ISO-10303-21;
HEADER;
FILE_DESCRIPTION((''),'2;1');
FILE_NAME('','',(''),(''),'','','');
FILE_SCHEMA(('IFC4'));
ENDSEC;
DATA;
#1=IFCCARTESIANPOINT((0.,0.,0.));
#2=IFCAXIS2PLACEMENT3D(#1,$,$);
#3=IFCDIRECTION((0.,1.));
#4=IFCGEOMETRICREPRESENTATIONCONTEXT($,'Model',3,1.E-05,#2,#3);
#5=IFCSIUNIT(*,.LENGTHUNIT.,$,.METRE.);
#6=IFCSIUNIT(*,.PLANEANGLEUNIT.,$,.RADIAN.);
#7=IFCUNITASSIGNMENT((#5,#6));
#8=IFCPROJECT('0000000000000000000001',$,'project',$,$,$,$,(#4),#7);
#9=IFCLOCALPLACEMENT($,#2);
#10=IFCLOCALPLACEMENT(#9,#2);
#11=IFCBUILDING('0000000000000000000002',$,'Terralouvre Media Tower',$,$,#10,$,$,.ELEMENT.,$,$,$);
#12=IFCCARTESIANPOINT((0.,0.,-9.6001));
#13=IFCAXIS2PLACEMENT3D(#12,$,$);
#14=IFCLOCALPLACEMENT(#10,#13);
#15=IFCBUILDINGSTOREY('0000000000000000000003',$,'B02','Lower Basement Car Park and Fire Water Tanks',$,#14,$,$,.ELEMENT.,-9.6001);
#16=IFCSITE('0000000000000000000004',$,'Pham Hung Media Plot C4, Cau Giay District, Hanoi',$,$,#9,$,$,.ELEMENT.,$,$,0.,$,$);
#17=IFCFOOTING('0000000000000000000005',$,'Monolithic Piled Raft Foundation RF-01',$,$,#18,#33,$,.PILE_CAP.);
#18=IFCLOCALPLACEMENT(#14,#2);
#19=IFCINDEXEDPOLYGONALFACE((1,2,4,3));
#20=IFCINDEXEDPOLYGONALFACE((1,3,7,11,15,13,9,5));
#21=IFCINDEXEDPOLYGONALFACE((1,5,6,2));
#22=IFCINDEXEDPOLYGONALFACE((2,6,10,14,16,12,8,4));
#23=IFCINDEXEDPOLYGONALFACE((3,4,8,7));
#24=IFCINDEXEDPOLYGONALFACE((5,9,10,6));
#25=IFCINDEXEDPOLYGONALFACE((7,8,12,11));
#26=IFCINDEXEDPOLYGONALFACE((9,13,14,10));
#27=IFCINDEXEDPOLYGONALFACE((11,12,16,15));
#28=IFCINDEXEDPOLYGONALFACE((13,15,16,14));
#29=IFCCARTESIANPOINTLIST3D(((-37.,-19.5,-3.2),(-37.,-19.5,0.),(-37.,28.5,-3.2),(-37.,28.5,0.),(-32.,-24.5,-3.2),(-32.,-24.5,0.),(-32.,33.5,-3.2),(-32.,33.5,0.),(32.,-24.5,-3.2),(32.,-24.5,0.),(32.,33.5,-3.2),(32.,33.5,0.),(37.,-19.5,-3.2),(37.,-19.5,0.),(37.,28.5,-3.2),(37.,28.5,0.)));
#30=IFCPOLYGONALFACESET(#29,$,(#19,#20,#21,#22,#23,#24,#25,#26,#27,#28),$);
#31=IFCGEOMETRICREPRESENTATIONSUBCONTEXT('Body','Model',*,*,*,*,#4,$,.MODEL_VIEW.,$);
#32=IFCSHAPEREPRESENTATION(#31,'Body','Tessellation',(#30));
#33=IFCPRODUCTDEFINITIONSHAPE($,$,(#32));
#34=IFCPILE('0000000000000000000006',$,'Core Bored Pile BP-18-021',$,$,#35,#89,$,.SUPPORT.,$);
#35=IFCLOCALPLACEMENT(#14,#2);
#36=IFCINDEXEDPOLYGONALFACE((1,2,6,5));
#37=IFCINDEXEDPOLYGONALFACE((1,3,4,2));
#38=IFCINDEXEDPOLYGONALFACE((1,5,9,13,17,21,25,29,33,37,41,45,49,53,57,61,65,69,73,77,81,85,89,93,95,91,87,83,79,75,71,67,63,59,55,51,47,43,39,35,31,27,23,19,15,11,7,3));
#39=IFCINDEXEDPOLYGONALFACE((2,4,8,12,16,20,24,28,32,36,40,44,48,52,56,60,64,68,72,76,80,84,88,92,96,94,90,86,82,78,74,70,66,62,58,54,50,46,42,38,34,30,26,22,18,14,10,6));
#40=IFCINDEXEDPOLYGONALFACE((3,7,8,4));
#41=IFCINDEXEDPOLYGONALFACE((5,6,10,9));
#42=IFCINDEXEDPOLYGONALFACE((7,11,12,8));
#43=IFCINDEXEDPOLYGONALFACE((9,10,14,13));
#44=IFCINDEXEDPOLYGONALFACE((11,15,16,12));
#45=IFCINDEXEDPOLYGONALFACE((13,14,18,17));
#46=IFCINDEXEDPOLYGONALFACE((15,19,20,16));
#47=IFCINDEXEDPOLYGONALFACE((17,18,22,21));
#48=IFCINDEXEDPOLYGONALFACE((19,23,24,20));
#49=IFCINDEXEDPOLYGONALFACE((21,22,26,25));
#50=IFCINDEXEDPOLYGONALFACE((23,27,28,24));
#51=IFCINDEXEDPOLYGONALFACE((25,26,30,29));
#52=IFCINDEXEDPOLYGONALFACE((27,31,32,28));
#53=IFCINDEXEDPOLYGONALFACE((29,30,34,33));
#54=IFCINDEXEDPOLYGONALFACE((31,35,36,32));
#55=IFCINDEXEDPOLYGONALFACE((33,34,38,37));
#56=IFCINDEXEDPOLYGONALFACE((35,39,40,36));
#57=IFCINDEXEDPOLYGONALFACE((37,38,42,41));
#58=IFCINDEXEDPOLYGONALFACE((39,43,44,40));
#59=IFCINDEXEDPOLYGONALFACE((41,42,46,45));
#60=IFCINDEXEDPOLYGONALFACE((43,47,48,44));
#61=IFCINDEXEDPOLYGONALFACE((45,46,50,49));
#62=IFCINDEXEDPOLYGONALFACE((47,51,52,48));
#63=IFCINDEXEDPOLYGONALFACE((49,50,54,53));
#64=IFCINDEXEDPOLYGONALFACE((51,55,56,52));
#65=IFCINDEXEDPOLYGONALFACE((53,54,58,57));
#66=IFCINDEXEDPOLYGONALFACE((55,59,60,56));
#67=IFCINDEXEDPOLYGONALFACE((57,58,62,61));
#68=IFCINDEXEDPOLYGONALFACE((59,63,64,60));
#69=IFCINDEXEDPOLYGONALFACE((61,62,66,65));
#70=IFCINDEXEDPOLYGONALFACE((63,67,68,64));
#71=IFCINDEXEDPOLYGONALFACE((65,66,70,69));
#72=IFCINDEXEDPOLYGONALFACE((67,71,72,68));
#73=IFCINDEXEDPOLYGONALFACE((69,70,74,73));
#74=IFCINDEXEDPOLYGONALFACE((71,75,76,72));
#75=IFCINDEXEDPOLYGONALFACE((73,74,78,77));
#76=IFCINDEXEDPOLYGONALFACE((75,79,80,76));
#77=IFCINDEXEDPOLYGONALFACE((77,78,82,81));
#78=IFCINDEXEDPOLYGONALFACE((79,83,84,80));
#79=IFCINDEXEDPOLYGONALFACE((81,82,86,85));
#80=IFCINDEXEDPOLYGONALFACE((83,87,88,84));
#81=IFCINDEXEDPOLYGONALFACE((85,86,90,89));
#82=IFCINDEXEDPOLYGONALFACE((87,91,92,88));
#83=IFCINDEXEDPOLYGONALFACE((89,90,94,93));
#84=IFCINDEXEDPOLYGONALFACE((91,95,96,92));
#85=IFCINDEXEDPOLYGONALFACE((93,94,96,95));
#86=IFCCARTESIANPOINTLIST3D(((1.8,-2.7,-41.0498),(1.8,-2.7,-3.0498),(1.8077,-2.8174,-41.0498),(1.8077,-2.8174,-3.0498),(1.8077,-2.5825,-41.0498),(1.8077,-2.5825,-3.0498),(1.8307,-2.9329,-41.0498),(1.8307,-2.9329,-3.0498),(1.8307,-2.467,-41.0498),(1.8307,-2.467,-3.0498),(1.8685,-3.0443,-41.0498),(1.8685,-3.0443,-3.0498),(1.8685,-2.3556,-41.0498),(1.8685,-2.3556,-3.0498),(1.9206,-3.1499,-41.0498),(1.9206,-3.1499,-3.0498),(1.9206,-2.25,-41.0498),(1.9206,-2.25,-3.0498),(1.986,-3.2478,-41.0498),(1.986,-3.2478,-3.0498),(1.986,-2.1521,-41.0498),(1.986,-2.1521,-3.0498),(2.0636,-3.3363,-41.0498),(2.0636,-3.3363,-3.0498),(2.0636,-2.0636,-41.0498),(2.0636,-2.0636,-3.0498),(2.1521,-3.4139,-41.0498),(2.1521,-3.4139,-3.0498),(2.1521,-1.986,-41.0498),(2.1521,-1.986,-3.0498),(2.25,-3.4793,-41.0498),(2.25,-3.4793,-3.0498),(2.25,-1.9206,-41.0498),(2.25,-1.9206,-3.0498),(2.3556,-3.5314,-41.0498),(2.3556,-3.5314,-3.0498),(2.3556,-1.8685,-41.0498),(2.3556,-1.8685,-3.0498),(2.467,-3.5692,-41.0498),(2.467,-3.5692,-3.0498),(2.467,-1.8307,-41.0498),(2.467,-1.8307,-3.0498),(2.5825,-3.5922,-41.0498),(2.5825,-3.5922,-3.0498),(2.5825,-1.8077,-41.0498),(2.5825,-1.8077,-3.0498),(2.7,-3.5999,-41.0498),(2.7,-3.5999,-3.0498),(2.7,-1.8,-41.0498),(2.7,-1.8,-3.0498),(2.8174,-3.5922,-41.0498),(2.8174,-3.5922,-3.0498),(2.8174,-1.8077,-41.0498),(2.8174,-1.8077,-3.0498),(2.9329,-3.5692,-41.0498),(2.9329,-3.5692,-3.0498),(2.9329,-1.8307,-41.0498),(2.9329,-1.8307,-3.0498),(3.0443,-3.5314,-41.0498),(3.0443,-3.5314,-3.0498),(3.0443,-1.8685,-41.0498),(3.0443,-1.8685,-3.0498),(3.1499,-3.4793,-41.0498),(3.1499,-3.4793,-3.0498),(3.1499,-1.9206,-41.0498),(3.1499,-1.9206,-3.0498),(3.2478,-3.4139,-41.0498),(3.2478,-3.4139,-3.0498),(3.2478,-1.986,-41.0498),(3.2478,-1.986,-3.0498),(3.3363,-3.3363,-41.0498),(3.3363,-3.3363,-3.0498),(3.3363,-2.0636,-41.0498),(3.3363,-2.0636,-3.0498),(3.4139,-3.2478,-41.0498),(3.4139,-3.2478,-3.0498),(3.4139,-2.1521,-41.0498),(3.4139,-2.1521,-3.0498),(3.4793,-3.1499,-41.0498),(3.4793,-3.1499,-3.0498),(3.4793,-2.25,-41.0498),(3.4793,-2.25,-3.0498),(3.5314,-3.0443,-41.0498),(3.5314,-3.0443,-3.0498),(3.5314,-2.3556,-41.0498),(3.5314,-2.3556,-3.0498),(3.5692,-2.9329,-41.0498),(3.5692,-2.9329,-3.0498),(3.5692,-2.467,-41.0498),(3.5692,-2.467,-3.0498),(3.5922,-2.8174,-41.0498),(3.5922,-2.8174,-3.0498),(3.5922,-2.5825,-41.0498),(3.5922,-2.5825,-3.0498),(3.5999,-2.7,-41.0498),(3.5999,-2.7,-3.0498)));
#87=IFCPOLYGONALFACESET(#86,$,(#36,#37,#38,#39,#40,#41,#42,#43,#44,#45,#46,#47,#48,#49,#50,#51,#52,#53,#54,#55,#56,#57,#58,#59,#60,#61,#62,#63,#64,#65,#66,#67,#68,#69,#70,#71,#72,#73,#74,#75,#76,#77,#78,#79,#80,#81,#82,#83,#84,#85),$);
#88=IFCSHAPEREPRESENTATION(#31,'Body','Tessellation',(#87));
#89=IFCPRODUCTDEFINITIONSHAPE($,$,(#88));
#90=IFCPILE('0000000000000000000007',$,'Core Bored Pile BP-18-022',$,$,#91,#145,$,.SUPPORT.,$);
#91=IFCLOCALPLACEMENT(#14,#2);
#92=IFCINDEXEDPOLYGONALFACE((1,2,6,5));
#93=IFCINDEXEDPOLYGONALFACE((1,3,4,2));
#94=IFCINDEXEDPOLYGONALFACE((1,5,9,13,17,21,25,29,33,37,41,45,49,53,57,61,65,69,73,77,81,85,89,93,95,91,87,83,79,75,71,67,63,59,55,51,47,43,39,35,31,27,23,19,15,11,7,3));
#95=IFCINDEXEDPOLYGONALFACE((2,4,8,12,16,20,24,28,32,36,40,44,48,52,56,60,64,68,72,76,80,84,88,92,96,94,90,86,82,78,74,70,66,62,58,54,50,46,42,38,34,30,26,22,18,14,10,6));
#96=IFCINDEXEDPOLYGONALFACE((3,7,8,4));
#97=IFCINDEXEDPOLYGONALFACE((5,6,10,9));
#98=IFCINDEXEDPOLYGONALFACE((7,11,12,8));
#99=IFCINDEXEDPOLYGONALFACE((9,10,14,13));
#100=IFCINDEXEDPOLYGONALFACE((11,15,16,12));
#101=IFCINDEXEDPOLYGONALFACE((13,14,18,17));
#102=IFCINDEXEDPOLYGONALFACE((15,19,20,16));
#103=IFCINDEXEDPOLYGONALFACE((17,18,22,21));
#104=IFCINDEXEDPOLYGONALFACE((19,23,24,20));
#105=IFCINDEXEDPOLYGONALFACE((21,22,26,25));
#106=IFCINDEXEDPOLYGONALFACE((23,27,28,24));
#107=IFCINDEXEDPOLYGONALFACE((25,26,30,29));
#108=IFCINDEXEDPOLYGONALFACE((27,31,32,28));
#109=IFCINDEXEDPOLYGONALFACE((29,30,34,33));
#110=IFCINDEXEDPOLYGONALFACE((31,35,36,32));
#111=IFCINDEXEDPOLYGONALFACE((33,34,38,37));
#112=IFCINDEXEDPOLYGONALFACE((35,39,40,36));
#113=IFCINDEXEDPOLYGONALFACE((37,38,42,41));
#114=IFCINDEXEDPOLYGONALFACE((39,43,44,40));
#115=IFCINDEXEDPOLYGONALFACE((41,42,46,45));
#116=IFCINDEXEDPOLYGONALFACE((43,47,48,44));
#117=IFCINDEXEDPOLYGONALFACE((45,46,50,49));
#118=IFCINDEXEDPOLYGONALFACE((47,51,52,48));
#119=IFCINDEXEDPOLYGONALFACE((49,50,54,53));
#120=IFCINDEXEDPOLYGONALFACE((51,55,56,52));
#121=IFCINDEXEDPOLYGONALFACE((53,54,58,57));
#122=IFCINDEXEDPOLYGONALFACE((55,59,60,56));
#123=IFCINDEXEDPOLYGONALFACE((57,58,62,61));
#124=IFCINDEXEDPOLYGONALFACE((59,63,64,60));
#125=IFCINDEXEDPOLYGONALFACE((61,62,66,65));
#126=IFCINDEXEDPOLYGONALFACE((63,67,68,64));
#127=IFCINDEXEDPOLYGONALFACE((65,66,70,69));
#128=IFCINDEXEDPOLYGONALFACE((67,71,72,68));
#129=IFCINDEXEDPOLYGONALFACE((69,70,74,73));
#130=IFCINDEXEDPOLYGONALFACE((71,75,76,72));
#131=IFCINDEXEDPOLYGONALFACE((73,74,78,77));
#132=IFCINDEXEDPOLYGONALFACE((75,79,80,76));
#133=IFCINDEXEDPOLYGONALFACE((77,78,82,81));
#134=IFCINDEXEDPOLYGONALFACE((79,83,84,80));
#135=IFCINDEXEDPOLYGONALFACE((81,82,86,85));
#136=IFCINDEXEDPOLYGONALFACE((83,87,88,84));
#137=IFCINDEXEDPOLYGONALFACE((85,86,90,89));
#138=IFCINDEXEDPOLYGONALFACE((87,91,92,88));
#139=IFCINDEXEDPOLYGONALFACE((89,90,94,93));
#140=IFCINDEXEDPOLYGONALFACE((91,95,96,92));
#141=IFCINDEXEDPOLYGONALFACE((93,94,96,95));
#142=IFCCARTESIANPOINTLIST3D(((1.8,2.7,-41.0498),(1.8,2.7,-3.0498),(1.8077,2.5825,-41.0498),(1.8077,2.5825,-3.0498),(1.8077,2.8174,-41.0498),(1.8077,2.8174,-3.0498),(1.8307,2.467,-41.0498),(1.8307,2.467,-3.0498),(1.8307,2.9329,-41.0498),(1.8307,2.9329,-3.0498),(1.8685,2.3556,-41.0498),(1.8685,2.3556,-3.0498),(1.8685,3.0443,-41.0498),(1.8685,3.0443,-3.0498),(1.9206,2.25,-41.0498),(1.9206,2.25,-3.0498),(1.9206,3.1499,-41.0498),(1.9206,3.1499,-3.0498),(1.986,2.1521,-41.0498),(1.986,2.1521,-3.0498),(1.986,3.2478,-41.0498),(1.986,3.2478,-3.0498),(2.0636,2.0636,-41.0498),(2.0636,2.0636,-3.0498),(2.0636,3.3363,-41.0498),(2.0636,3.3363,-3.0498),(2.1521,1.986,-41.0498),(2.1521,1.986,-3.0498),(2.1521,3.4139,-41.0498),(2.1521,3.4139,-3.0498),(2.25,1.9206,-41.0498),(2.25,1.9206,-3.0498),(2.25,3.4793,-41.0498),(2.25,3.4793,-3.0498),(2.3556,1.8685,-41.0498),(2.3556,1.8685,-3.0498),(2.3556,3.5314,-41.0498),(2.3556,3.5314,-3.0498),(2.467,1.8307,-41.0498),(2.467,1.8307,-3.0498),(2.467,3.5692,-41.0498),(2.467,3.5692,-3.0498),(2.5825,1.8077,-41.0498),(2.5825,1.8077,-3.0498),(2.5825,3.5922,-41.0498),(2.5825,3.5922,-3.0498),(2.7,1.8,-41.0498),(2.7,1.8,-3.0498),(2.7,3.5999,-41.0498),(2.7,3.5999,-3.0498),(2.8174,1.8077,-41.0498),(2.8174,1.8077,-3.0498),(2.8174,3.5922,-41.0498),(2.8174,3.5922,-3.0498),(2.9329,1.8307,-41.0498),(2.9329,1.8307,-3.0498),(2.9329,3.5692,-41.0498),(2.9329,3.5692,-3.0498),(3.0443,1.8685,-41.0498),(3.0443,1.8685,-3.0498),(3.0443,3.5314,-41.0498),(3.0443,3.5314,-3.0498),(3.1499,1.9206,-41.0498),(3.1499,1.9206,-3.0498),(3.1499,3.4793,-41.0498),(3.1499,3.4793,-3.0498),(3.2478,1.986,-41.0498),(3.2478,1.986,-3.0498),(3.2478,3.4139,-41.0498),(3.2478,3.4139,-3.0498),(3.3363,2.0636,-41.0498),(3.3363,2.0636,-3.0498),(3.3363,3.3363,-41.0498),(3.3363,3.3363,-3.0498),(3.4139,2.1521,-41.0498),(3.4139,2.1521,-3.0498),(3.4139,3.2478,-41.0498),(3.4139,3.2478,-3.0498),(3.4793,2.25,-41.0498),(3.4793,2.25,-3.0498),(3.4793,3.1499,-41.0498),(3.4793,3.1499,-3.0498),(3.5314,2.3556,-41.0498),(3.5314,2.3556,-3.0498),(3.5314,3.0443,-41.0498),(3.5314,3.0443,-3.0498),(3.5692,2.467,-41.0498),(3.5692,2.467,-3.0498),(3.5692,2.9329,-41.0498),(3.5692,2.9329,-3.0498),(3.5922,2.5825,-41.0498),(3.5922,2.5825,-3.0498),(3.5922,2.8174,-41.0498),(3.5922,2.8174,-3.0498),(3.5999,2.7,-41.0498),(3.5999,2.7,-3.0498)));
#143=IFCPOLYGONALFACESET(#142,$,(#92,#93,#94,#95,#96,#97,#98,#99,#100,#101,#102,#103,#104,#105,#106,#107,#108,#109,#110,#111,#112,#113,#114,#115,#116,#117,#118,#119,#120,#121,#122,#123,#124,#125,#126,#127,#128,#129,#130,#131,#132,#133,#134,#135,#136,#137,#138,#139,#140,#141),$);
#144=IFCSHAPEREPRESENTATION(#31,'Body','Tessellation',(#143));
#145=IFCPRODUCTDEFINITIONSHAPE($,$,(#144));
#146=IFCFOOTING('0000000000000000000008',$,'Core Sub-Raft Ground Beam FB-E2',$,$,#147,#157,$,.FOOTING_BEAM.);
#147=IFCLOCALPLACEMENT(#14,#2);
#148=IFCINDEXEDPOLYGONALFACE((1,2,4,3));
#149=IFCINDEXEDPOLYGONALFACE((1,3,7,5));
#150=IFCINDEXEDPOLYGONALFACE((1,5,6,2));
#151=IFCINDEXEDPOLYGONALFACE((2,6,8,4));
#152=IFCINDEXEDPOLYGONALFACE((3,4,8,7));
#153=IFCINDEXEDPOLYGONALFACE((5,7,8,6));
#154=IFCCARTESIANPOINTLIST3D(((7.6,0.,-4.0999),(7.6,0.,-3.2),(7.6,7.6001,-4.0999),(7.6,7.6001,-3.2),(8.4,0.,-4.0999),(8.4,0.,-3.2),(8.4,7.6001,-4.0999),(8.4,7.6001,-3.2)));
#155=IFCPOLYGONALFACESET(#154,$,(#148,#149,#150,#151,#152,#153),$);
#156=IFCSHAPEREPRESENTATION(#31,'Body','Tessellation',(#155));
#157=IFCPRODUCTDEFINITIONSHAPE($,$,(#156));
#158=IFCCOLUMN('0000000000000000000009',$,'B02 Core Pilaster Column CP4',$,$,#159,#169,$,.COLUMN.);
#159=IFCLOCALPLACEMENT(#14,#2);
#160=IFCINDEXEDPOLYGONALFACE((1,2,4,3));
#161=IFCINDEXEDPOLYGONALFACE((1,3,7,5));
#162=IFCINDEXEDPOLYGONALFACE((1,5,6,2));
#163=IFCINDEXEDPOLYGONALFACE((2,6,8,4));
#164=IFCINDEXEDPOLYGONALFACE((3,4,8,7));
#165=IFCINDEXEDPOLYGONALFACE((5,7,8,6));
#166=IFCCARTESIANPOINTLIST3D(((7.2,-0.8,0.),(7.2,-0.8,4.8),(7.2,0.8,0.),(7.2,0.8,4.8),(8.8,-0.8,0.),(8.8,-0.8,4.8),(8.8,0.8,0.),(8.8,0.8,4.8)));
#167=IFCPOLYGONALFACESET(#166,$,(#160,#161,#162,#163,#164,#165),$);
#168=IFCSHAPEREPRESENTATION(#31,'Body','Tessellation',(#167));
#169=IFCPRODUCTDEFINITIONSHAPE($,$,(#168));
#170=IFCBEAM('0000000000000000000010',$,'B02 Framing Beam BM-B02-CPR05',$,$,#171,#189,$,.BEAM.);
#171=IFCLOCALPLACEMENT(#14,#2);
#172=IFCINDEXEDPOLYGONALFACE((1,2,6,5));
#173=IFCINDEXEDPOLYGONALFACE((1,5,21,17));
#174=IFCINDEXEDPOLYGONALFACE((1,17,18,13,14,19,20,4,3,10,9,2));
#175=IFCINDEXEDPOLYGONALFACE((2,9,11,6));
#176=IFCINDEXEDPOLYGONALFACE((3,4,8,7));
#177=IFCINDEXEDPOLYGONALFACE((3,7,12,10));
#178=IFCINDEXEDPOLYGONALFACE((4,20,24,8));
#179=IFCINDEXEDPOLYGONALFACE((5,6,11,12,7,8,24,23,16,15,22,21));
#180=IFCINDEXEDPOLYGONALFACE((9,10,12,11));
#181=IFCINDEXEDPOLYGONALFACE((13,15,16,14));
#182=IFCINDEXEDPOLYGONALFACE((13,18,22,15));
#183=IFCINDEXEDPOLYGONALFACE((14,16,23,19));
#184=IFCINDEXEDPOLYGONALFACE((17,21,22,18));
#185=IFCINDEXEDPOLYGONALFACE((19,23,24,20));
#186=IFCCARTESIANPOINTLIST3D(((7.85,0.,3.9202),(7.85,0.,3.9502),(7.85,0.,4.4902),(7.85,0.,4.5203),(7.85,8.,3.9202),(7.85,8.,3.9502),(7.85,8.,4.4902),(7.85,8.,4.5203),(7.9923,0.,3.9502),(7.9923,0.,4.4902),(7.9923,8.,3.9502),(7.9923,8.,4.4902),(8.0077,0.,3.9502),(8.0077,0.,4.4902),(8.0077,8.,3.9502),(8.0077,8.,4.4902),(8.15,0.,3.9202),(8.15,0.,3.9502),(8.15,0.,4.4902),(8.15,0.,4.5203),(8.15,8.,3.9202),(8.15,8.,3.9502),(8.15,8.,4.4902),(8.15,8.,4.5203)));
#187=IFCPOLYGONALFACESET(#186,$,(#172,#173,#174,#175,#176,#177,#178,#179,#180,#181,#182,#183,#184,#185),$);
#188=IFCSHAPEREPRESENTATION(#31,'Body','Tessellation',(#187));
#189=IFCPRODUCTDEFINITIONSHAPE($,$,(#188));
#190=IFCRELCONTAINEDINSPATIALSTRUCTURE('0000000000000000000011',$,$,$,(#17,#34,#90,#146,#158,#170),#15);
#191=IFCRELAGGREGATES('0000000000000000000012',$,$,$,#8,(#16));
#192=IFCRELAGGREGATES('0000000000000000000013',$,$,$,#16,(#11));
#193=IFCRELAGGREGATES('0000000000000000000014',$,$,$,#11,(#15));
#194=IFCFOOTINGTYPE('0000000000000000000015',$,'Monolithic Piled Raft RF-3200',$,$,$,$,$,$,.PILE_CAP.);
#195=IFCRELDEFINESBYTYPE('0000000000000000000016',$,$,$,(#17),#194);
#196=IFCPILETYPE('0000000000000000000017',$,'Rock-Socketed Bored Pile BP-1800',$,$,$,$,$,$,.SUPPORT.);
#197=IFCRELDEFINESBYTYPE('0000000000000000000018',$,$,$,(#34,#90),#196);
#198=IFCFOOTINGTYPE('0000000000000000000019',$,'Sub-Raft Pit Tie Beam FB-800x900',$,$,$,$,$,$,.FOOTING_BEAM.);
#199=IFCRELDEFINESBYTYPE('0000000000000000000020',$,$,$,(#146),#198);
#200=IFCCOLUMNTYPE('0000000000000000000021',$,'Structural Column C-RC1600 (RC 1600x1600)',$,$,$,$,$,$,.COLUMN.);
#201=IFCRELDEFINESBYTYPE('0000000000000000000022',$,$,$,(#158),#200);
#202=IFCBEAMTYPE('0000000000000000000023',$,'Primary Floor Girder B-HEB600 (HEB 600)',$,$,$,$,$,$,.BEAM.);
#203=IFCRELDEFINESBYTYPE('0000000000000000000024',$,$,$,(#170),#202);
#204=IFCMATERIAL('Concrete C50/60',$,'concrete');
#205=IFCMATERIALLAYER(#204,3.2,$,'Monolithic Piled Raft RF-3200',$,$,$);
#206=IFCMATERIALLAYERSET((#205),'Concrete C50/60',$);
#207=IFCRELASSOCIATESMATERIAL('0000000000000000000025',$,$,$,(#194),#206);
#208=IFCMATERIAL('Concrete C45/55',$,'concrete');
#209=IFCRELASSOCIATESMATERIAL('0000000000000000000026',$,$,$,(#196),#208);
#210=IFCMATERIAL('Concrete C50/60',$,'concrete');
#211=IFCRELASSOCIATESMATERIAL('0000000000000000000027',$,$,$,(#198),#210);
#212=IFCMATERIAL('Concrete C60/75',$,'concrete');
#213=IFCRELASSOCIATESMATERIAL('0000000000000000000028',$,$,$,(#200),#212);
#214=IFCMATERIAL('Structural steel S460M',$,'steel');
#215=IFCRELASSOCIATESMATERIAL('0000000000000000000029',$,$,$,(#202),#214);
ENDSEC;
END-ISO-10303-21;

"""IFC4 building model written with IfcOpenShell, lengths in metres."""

from ifc_helpers import new_model, si_unit, direction, frame, origin, origin_2d, place, context, subcontext, project, spatial, polyline, rectangle, circle, i_section, outline, extrude, material, layer, layer_set, material_profile, profile_set, type_object, element, save


model = new_model("IFC4")

# Units and contexts
model_context = context("Model", 3, precision=1e-05, world=origin(), true_north=direction((0.0, 1.0)))
body_context = subcontext(model_context, "Body", "Model", "MODEL_VIEW")
ifc_project = project(units=[si_unit("LENGTHUNIT", "METRE"), si_unit("PLANEANGLEUNIT", "RADIAN")], contexts=[model_context])

# Site, building, storey
site_placement = place(None, origin())
site = spatial("IfcSite", under=ifc_project, at=site_placement, Name="Pham Hung Media Plot C4, Cau Giay District, Hanoi", CompositionType="ELEMENT", RefElevation=0.0)
building_placement = place(site_placement, origin())
building = spatial("IfcBuilding", under=site, at=building_placement, Name="Terralouvre Media Tower", CompositionType="ELEMENT")
storey_placement = place(building_placement, frame((0.0, 0.0, -9.6001)))
storey = spatial("IfcBuildingStorey", under=building, at=storey_placement, Name="B02", Description="Lower Basement Car Park and Fire Water Tanks", CompositionType="ELEMENT", Elevation=-9.6001)

# Footing
ifc_material_1 = material(Name="Concrete C50/60", Category="concrete")
ifc_layer_1 = layer(ifc_material_1, 3.2, Name="Monolithic Piled Raft RF-3200")
ifc_layer_set_1 = layer_set([ifc_layer_1], Name="Concrete C50/60")
footing_type_1 = type_object("IfcFootingType", Name="Monolithic Piled Raft RF-3200", PredefinedType="PILE_CAP", material=ifc_layer_set_1)
footing_1_placement = place(storey_placement, frame((0.0, 0.0, -3.2)))
element("IfcFooting", 1, at=footing_1_placement, inside=storey, type_object=footing_type_1, Name="Monolithic Piled Raft Foundation RF-01", PredefinedType="PILE_CAP", context=body_context, shape_type="SweptSolid", body=[
    extrude(outline(polyline([(-32.0, -24.5), (32.0, -24.5), (37.0, -19.5), (37.0, 28.5), (32.0, 33.5), (-32.0, 33.5), (-37.0, 28.5), (-37.0, -19.5), (-32.0, -24.5)])), origin(), (0.0, 0.0, 1.0), 3.2),
])

# Piles
ifc_material_2 = material(Name="Concrete C45/55", Category="concrete")
ifc_material_profile_1 = material_profile(ifc_material_2, circle(Radius=0.8999, at=origin_2d()), Name="BORED PILE 1800")
ifc_profile_set_1 = profile_set([ifc_material_profile_1], Name="Concrete C45/55")
pile_type = type_object("IfcPileType", Name="Rock-Socketed Bored Pile BP-1800", PredefinedType="SUPPORT", material=ifc_profile_set_1)
for number, where, z_axis, x_axis, name in (
    (2, (2.7, -2.7, -3.0498), (0.0, 0.0, -1.0), (1.0, 0.0, 0.0), "Core Bored Pile BP-18-021"),
    (3, (2.7, 2.7, -3.0498), (0.0, 0.0, -1.0), (1.0, 0.0, 0.0), "Core Bored Pile BP-18-022"),
):
    element("IfcPile", number, at=place(storey_placement, frame(where, z_axis=z_axis, x_axis=x_axis)), inside=storey, type_object=pile_type, Name=name, PredefinedType="SUPPORT", context=body_context, shape_type="SweptSolid", body=[
        extrude(circle(Radius=0.8999, at=origin_2d()), origin(), (0.0, 0.0, 1.0), 38.0),
    ])

# Footing
ifc_material_3 = material(Name="Concrete C50/60", Category="concrete")
ifc_material_profile_2 = material_profile(ifc_material_3, rectangle(XDim=0.8, YDim=0.8999, at=origin_2d()), Name="FB 800x900")
ifc_profile_set_2 = profile_set([ifc_material_profile_2], Name="Concrete C50/60")
footing_type_2 = type_object("IfcFootingType", Name="Sub-Raft Pit Tie Beam FB-800x900", PredefinedType="FOOTING_BEAM", material=ifc_profile_set_2)
footing_2_placement = place(storey_placement, frame((8.0, 0.0, -3.6499), z_axis=(0.0, 1.0, 0.0), x_axis=(-1.0, 0.0, 0.0)))
element("IfcFooting", 4, at=footing_2_placement, inside=storey, type_object=footing_type_2, Name="Core Sub-Raft Ground Beam FB-E2", PredefinedType="FOOTING_BEAM", context=body_context, shape_type="SweptSolid", body=[
    extrude(rectangle(XDim=0.8, YDim=0.8999, at=origin_2d()), origin(), (0.0, 0.0, 1.0), 7.6001),
])

# Column
ifc_material_4 = material(Name="Concrete C60/75", Category="concrete")
ifc_material_profile_3 = material_profile(ifc_material_4, rectangle(XDim=1.6001, YDim=1.6001, at=origin_2d()), Name="RC 1600x1600")
ifc_profile_set_3 = profile_set([ifc_material_profile_3], Name="Concrete C60/75")
column_type = type_object("IfcColumnType", Name="Structural Column C-RC1600 (RC 1600x1600)", PredefinedType="COLUMN", material=ifc_profile_set_3)
column_placement = place(storey_placement, frame((8.0, 0.0, 0.0), z_axis=(0.0, 0.0, 1.0), x_axis=(1.0, 0.0, 0.0)))
element("IfcColumn", 5, at=column_placement, inside=storey, type_object=column_type, Name="B02 Core Pilaster Column CP4", PredefinedType="COLUMN", context=body_context, shape_type="SweptSolid", body=[
    extrude(rectangle(XDim=1.6001, YDim=1.6001, at=origin_2d()), origin(), (0.0, 0.0, 1.0), 4.8),
])

# Beam
ifc_material_5 = material(Name="Structural steel S460M", Category="steel")
ifc_material_profile_4 = material_profile(ifc_material_5, i_section(OverallWidth=0.3, OverallDepth=0.6001, WebThickness=0.0154, FlangeThickness=0.03, at=origin_2d()), Name="HEB 600")
ifc_profile_set_4 = profile_set([ifc_material_profile_4], Name="Structural steel S460M")
beam_type_1 = type_object("IfcBeamType", Name="Primary Floor Girder B-HEB600 (HEB 600)", PredefinedType="BEAM", material=ifc_profile_set_4)
beam_1_placement = place(storey_placement, frame((8.0, 0.0, 4.2202), z_axis=(0.0, 1.0, 0.0), x_axis=(-1.0, 0.0, 0.0)))
element("IfcBeam", 6, at=beam_1_placement, inside=storey, type_object=beam_type_1, Name="B02 Framing Beam BM-B02-CPR05", PredefinedType="BEAM", context=body_context, shape_type="SweptSolid", body=[
    extrude(i_section(OverallWidth=0.3, OverallDepth=0.6001, WebThickness=0.0154, FlangeThickness=0.03, at=origin_2d()), origin(), (0.0, 0.0, 1.0), 8.0),
])

save(model, "model.ifc")
